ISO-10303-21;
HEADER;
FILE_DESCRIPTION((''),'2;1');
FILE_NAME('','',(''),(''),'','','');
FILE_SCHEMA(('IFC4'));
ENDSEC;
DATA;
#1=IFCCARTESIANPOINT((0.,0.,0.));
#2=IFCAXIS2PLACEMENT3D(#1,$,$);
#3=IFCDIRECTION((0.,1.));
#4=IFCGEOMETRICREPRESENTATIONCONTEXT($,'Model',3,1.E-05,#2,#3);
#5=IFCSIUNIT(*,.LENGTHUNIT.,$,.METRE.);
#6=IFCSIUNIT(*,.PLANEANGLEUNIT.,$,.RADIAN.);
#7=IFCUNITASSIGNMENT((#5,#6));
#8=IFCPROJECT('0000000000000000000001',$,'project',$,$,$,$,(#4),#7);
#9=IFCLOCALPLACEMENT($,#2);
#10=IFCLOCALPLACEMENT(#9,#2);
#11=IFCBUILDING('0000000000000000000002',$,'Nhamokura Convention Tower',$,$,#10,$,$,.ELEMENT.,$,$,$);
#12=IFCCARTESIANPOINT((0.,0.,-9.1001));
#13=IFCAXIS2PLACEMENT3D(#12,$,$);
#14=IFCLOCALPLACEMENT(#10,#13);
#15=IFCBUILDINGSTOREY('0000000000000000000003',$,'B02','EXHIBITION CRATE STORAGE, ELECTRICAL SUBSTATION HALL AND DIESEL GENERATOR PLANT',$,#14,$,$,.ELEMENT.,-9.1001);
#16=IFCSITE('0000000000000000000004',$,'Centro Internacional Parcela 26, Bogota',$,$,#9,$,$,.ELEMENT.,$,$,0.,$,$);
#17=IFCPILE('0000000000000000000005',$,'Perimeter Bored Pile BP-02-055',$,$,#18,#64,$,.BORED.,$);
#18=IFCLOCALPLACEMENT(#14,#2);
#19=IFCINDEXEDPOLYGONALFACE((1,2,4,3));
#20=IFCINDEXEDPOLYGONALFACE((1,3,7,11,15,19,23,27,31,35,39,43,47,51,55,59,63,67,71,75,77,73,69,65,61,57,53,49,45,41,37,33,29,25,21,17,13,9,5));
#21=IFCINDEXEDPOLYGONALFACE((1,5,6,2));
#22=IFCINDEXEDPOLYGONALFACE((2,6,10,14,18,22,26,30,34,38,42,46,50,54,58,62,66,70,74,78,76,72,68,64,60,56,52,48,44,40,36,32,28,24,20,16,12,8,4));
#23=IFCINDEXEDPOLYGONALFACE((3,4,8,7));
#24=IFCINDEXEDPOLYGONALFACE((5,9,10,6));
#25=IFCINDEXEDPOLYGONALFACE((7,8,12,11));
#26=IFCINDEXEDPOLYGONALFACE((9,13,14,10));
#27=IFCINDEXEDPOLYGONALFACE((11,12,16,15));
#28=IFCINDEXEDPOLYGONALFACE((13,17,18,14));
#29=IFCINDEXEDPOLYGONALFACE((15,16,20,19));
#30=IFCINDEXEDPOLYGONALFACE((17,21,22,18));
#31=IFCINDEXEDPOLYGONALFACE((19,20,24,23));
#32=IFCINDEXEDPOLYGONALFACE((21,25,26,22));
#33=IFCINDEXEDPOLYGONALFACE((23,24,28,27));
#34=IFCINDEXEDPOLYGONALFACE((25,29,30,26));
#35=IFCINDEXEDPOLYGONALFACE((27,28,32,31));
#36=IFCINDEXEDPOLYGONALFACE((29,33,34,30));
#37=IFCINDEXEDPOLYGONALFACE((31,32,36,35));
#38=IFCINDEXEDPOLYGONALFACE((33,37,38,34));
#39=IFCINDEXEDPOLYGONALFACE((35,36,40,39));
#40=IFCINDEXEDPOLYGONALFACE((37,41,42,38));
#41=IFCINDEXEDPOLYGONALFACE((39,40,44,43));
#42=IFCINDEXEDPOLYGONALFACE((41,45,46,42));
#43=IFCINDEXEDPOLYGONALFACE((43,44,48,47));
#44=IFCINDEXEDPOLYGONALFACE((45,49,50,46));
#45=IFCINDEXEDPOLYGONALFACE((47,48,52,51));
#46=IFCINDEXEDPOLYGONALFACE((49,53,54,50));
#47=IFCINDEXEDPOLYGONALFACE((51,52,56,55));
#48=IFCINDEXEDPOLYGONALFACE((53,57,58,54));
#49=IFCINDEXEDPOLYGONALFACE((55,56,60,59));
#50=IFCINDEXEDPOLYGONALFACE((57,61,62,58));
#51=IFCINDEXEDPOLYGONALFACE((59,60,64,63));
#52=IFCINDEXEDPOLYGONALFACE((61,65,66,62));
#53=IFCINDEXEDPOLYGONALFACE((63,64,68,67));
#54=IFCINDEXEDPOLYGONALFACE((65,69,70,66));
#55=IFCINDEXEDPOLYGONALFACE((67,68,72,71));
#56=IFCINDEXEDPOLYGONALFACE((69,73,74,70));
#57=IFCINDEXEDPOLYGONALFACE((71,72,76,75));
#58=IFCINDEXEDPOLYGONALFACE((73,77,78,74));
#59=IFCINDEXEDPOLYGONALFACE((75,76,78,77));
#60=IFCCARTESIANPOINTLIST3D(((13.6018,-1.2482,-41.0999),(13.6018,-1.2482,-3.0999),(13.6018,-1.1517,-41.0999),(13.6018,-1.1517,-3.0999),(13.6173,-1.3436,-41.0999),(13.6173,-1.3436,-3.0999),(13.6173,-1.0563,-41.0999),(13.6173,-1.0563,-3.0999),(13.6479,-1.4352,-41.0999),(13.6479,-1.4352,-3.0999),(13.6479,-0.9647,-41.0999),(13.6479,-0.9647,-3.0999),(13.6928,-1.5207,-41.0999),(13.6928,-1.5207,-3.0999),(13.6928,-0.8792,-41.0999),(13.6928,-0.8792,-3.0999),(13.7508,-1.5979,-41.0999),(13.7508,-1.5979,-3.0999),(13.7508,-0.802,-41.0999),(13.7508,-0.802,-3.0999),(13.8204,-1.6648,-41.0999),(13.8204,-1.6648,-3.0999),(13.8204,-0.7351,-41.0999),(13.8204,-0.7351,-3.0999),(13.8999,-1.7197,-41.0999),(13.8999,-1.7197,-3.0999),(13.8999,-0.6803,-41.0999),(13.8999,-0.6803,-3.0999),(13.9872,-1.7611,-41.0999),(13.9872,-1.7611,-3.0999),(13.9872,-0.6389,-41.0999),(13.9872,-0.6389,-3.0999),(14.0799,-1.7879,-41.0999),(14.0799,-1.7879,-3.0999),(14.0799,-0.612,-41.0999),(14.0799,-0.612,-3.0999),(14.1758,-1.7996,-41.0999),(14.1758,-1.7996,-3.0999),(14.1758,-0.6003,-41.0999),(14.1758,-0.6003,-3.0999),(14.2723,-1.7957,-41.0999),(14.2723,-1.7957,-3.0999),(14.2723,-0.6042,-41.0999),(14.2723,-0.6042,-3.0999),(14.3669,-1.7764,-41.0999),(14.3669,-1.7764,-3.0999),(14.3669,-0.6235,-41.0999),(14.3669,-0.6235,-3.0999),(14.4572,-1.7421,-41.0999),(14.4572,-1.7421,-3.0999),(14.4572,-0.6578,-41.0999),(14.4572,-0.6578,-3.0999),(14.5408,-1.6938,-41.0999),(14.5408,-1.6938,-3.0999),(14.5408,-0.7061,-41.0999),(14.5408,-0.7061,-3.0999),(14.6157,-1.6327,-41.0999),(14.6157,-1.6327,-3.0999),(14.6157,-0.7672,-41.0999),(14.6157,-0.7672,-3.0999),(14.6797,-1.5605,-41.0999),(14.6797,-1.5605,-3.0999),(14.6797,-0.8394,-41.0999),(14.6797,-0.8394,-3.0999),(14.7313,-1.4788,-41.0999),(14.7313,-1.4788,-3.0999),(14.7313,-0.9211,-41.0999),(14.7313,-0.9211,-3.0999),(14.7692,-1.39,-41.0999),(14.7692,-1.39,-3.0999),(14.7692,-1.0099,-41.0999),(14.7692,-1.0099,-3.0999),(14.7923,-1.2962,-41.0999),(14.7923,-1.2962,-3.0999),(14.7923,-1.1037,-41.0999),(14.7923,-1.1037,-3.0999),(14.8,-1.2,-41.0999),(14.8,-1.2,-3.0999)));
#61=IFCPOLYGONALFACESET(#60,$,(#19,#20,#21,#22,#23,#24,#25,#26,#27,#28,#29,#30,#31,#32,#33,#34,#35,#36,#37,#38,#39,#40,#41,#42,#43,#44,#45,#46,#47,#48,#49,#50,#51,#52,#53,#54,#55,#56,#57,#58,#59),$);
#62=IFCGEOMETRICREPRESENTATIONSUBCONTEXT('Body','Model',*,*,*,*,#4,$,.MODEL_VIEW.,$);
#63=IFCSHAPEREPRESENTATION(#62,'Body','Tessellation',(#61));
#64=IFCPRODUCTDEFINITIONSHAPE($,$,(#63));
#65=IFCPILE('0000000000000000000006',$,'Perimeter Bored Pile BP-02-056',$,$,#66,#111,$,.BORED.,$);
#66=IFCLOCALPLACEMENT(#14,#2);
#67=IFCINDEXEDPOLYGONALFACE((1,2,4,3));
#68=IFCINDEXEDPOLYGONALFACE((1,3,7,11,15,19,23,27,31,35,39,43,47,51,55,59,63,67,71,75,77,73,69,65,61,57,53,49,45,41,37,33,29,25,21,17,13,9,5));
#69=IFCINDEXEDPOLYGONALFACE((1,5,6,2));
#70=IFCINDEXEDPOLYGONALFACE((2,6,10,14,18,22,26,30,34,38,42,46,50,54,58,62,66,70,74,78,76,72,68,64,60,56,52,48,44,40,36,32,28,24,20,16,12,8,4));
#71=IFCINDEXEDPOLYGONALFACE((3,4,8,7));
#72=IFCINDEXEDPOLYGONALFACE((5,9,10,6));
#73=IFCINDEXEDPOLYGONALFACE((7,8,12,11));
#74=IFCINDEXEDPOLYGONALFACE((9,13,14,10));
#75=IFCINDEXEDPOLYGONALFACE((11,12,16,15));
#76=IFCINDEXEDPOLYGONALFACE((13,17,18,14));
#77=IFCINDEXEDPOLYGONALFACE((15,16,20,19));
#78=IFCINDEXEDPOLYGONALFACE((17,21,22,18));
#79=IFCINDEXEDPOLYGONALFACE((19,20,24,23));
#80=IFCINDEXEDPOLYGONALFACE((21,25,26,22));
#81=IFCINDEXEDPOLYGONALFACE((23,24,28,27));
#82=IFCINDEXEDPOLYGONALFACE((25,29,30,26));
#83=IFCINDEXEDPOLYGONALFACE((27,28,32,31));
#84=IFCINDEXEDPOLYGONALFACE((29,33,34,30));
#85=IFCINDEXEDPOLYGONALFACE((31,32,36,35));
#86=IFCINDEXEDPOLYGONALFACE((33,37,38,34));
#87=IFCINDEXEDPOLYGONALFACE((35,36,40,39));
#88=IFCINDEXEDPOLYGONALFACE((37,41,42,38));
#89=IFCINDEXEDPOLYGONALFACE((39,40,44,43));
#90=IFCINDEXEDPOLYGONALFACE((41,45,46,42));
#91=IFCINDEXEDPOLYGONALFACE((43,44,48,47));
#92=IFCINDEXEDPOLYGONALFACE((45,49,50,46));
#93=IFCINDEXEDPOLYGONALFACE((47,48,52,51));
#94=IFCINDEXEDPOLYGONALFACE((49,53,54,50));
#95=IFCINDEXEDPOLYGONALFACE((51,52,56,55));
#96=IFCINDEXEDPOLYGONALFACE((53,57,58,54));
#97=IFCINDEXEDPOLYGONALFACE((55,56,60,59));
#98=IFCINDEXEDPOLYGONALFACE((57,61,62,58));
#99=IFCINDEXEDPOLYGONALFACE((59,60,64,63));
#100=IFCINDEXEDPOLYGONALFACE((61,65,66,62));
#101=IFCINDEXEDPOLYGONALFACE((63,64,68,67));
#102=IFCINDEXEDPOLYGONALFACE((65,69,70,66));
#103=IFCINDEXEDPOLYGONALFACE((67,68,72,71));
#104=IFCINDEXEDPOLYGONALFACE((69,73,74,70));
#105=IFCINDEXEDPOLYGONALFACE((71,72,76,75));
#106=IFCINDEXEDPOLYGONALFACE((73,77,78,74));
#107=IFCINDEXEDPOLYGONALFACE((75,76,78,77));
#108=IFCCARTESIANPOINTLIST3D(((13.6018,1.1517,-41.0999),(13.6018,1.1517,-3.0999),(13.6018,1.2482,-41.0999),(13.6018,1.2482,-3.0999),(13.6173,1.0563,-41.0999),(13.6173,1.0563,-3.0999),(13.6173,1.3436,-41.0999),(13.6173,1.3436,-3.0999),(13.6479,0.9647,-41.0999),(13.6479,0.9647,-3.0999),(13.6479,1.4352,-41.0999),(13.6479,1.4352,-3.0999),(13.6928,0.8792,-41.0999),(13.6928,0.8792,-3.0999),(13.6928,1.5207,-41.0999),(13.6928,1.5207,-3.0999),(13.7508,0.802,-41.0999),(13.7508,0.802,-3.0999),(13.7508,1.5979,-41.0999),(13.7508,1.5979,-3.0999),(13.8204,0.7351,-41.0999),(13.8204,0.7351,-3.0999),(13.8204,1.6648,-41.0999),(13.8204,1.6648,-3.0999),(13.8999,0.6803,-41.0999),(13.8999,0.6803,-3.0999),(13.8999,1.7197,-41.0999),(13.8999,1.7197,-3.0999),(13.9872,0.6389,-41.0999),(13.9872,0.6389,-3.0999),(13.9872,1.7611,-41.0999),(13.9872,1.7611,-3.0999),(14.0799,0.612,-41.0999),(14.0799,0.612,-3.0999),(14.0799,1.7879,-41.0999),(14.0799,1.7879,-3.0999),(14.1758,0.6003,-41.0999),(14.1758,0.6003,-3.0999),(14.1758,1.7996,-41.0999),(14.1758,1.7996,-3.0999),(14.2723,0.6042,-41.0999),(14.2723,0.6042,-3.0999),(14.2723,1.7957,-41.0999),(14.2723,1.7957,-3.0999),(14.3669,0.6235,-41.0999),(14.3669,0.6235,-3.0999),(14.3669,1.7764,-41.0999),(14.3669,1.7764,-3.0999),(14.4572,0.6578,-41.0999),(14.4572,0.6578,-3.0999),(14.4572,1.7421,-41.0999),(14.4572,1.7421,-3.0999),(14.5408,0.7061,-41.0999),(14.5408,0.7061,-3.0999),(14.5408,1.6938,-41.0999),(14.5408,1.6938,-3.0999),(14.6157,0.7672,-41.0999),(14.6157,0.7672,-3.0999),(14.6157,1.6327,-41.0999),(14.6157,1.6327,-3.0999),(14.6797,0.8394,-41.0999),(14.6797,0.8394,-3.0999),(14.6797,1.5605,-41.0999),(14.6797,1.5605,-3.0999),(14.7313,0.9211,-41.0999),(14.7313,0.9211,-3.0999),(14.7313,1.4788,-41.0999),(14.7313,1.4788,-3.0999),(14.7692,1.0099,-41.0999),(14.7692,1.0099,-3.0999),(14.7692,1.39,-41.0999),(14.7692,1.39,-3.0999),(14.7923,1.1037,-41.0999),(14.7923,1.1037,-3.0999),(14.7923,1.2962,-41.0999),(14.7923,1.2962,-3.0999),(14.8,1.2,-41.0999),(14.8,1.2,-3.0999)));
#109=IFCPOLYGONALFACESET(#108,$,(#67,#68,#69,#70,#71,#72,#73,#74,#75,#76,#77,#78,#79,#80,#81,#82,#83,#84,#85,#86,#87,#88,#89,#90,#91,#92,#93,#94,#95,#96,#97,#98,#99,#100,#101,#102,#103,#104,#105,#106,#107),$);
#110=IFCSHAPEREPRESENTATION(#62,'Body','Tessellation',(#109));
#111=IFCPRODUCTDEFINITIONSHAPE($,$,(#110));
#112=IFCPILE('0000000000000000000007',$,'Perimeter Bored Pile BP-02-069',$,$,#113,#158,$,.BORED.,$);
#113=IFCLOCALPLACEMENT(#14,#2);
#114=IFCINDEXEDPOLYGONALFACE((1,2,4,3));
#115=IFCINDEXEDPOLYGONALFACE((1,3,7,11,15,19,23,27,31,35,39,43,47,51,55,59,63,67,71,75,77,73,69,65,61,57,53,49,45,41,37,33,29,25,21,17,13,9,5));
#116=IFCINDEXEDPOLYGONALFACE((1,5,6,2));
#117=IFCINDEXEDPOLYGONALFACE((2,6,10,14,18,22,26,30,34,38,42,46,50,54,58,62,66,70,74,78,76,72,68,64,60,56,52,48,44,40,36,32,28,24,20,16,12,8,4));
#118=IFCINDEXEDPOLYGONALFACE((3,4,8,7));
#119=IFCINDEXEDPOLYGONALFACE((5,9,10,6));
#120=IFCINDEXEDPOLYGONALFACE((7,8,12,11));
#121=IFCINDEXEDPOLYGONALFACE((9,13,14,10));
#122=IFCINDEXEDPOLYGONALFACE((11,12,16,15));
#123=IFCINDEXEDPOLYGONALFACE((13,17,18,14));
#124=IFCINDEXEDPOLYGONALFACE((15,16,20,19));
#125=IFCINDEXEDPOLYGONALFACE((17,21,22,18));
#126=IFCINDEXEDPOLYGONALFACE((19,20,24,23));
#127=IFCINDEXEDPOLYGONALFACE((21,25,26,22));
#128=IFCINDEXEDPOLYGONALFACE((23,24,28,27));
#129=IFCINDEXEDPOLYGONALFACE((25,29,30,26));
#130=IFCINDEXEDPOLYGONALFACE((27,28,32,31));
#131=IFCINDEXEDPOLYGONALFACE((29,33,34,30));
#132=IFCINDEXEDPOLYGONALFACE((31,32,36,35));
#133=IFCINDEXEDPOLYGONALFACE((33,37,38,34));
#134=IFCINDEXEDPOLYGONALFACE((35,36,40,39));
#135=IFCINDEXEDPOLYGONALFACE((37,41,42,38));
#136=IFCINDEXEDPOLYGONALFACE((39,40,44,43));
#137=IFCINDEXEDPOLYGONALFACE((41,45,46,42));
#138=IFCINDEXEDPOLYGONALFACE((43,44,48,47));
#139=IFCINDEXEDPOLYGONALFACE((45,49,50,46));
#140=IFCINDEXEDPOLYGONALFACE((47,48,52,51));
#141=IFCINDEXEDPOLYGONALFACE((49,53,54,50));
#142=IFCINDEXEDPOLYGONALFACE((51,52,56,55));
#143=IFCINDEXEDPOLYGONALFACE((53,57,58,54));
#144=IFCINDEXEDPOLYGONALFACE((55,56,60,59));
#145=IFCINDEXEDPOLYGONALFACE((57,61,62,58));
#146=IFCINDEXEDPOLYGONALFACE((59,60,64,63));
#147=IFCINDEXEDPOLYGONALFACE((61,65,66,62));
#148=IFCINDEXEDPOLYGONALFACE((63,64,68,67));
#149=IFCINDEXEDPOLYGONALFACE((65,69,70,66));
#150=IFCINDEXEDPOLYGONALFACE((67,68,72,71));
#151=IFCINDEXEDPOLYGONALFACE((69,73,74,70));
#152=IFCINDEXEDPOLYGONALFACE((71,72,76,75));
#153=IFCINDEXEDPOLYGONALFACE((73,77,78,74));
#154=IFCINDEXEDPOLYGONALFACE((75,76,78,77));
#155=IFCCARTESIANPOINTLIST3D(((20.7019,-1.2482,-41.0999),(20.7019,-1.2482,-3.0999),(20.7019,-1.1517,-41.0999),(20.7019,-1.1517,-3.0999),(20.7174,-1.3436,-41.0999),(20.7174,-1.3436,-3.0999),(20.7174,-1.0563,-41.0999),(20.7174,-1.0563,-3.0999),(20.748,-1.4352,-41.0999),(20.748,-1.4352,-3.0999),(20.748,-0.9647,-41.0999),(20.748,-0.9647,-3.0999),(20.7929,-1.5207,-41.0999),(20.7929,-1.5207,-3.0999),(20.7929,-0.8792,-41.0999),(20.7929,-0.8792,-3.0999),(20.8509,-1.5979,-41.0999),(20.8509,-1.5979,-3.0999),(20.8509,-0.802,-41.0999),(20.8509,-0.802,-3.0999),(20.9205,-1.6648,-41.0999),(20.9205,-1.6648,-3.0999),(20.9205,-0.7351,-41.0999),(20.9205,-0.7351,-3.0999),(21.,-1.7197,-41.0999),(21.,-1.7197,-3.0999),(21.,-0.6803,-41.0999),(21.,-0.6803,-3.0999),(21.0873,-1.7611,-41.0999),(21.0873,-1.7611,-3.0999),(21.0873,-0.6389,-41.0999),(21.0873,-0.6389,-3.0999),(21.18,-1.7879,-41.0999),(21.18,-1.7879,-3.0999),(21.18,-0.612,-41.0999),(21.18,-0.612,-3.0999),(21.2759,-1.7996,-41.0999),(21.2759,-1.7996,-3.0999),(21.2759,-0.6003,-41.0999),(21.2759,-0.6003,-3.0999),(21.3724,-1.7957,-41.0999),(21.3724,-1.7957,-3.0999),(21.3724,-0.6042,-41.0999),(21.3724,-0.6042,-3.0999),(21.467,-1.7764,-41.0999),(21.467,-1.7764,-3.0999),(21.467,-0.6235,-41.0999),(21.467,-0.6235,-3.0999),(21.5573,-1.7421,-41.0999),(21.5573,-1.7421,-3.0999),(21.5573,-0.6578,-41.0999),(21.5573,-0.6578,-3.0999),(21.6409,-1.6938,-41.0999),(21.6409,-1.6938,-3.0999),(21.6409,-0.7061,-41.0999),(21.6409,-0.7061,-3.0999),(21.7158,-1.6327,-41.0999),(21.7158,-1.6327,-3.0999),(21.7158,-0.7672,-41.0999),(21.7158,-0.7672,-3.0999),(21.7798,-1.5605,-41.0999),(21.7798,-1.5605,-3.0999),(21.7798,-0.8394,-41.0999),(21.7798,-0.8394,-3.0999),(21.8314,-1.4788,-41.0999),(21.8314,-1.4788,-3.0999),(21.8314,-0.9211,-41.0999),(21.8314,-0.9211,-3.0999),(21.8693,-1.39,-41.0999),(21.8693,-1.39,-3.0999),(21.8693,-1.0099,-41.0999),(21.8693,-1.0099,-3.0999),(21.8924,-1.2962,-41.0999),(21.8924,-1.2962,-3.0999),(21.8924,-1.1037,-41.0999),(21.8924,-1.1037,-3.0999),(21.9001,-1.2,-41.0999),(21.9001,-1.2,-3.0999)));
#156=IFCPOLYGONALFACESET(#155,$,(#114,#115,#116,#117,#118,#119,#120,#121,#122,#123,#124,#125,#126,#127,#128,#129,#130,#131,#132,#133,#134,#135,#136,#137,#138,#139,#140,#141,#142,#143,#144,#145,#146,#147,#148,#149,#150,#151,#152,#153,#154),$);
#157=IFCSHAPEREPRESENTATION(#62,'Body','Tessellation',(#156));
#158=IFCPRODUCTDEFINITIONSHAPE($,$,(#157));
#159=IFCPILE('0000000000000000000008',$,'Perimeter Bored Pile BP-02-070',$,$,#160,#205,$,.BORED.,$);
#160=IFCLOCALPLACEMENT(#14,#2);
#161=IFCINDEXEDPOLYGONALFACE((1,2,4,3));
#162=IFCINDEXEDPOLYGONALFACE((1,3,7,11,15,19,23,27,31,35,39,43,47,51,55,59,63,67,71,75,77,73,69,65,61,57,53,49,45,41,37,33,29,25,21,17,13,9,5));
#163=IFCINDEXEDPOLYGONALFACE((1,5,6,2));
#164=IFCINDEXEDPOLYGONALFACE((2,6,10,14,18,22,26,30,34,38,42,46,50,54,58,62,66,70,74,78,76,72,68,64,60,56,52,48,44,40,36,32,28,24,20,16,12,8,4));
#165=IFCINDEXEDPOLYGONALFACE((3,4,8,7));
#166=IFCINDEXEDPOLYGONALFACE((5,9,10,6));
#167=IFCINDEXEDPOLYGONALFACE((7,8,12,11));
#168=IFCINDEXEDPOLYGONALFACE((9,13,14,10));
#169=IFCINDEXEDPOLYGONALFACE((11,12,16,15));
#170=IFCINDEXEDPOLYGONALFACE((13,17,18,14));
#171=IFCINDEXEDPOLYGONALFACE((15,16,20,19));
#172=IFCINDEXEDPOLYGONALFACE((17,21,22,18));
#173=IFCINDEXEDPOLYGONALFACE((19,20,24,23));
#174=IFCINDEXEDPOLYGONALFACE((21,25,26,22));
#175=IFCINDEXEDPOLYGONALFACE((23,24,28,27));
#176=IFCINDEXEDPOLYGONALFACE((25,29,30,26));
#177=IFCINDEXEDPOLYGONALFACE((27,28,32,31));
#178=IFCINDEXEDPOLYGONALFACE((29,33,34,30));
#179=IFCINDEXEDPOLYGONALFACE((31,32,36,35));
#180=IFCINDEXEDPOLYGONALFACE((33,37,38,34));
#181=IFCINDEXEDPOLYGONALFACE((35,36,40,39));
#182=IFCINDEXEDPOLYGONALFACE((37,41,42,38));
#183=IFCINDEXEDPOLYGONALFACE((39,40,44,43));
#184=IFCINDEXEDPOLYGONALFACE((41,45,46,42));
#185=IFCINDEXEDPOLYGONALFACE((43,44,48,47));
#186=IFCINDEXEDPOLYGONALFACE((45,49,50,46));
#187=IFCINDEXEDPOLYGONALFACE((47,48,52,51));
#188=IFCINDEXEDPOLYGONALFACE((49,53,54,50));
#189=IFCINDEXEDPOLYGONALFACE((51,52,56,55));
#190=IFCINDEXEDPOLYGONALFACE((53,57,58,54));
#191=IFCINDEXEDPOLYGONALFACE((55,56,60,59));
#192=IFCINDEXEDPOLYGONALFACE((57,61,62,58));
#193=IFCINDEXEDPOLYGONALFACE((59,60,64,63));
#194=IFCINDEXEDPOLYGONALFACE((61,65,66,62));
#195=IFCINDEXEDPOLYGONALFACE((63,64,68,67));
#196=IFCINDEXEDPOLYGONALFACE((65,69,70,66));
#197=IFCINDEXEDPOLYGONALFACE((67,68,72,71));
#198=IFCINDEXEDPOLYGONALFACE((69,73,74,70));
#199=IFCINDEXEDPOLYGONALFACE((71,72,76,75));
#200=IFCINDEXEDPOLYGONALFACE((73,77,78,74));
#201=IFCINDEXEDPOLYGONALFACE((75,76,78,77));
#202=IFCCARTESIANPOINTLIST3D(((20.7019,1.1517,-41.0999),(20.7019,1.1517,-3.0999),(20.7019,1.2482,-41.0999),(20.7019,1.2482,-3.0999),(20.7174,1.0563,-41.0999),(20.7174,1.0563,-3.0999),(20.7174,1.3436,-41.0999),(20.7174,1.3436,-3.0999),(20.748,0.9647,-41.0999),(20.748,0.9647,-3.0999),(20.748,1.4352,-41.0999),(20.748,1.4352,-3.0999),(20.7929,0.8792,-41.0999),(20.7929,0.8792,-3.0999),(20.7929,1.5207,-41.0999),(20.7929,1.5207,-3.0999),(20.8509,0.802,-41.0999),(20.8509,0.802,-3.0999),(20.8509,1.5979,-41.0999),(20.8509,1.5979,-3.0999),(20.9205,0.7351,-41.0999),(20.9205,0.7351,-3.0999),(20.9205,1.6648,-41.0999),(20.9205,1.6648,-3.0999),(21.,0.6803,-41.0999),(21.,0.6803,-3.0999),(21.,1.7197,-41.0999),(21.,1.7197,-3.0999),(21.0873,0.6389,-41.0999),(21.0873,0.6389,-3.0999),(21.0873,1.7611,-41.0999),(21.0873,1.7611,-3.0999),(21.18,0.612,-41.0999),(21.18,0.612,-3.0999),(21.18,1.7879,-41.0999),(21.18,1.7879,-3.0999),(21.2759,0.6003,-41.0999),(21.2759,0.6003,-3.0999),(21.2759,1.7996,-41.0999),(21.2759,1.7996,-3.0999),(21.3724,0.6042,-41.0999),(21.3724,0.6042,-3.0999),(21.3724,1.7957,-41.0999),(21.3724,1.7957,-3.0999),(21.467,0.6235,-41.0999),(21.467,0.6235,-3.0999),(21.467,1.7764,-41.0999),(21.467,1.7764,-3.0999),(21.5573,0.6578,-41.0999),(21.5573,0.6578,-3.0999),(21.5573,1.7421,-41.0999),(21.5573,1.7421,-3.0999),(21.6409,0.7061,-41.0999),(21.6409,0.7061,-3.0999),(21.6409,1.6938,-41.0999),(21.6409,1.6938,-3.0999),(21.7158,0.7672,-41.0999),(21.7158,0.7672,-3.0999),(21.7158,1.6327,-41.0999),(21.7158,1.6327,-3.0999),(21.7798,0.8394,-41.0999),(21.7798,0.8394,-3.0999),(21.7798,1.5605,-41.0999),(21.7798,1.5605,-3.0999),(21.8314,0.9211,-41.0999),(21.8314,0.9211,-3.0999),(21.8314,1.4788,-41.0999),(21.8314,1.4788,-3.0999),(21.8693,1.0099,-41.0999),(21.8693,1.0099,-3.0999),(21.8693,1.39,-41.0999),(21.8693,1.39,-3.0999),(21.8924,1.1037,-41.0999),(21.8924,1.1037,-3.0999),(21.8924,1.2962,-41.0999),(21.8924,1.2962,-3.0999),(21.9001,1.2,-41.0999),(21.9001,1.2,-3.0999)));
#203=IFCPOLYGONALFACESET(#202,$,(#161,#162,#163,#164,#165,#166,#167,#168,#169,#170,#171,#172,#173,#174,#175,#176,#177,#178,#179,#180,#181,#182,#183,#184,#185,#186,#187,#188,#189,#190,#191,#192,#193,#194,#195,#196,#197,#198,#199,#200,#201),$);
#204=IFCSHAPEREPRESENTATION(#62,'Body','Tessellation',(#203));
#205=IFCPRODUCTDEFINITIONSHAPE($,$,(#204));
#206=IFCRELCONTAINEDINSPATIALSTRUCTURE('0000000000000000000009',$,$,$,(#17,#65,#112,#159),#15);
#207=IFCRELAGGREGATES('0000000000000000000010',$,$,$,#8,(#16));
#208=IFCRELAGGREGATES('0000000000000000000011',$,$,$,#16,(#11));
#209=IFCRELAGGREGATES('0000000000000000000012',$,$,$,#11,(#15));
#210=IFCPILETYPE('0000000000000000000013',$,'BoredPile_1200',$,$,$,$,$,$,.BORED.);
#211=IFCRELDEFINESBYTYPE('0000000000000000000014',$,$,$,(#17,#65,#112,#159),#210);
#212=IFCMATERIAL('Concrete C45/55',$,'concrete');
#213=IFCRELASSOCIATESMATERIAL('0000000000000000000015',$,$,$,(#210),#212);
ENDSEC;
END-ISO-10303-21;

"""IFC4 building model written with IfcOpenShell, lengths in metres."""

from ifc_helpers import new_model, si_unit, direction, frame, origin, origin_2d, place, context, subcontext, project, spatial, circle, extrude, material, material_profile, profile_set, type_object, element, save


model = new_model("IFC4")

# Units and contexts
model_context = context("Model", 3, precision=1e-05, world=origin(), true_north=direction((0.0, 1.0)))
body_context = subcontext(model_context, "Body", "Model", "MODEL_VIEW")
ifc_project = project(units=[si_unit("LENGTHUNIT", "METRE"), si_unit("PLANEANGLEUNIT", "RADIAN")], contexts=[model_context])

# Site, building, storey
site_placement = place(None, origin())
site = spatial("IfcSite", under=ifc_project, at=site_placement, Name="Centro Internacional Parcela 26, Bogota", CompositionType="ELEMENT", RefElevation=0.0)
building_placement = place(site_placement, origin())
building = spatial("IfcBuilding", under=site, at=building_placement, Name="Nhamokura Convention Tower", CompositionType="ELEMENT")
storey_placement = place(building_placement, frame((0.0, 0.0, -9.1001)))
storey = spatial("IfcBuildingStorey", under=building, at=storey_placement, Name="B02", Description="EXHIBITION CRATE STORAGE, ELECTRICAL SUBSTATION HALL AND DIESEL GENERATOR PLANT", CompositionType="ELEMENT", Elevation=-9.1001)

# Piles
ifc_material_1 = material(Name="Concrete C45/55", Category="concrete")
ifc_material_profile_1 = material_profile(ifc_material_1, circle(Radius=0.6001, at=origin_2d()))
ifc_profile_set_1 = profile_set([ifc_material_profile_1], Name="Concrete C45/55")
pile_type = type_object("IfcPileType", Name="BoredPile_1200", PredefinedType="BORED", material=ifc_profile_set_1)
for number, where, z_axis, x_axis, name in (
    (1, (14.2, -1.2, -3.0999), (0.0, 0.0, -1.0), (1.0, 0.0, 0.0), "Perimeter Bored Pile BP-02-055"),
    (2, (14.2, 1.2, -3.0999), (0.0, 0.0, -1.0), (1.0, 0.0, 0.0), "Perimeter Bored Pile BP-02-056"),
    (3, (21.3, -1.2, -3.0999), (0.0, 0.0, -1.0), (1.0, 0.0, 0.0), "Perimeter Bored Pile BP-02-069"),
    (4, (21.3, 1.2, -3.0999), (0.0, 0.0, -1.0), (1.0, 0.0, 0.0), "Perimeter Bored Pile BP-02-070"),
):
    element("IfcPile", number, at=place(storey_placement, frame(where, z_axis=z_axis, x_axis=x_axis)), inside=storey, type_object=pile_type, Name=name, PredefinedType="BORED", context=body_context, shape_type="SweptSolid", body=[
        extrude(circle(Radius=0.6001, at=origin_2d()), origin(), (0.0, 0.0, 1.0), 38.0),
    ])

save(model, "model.ifc")
